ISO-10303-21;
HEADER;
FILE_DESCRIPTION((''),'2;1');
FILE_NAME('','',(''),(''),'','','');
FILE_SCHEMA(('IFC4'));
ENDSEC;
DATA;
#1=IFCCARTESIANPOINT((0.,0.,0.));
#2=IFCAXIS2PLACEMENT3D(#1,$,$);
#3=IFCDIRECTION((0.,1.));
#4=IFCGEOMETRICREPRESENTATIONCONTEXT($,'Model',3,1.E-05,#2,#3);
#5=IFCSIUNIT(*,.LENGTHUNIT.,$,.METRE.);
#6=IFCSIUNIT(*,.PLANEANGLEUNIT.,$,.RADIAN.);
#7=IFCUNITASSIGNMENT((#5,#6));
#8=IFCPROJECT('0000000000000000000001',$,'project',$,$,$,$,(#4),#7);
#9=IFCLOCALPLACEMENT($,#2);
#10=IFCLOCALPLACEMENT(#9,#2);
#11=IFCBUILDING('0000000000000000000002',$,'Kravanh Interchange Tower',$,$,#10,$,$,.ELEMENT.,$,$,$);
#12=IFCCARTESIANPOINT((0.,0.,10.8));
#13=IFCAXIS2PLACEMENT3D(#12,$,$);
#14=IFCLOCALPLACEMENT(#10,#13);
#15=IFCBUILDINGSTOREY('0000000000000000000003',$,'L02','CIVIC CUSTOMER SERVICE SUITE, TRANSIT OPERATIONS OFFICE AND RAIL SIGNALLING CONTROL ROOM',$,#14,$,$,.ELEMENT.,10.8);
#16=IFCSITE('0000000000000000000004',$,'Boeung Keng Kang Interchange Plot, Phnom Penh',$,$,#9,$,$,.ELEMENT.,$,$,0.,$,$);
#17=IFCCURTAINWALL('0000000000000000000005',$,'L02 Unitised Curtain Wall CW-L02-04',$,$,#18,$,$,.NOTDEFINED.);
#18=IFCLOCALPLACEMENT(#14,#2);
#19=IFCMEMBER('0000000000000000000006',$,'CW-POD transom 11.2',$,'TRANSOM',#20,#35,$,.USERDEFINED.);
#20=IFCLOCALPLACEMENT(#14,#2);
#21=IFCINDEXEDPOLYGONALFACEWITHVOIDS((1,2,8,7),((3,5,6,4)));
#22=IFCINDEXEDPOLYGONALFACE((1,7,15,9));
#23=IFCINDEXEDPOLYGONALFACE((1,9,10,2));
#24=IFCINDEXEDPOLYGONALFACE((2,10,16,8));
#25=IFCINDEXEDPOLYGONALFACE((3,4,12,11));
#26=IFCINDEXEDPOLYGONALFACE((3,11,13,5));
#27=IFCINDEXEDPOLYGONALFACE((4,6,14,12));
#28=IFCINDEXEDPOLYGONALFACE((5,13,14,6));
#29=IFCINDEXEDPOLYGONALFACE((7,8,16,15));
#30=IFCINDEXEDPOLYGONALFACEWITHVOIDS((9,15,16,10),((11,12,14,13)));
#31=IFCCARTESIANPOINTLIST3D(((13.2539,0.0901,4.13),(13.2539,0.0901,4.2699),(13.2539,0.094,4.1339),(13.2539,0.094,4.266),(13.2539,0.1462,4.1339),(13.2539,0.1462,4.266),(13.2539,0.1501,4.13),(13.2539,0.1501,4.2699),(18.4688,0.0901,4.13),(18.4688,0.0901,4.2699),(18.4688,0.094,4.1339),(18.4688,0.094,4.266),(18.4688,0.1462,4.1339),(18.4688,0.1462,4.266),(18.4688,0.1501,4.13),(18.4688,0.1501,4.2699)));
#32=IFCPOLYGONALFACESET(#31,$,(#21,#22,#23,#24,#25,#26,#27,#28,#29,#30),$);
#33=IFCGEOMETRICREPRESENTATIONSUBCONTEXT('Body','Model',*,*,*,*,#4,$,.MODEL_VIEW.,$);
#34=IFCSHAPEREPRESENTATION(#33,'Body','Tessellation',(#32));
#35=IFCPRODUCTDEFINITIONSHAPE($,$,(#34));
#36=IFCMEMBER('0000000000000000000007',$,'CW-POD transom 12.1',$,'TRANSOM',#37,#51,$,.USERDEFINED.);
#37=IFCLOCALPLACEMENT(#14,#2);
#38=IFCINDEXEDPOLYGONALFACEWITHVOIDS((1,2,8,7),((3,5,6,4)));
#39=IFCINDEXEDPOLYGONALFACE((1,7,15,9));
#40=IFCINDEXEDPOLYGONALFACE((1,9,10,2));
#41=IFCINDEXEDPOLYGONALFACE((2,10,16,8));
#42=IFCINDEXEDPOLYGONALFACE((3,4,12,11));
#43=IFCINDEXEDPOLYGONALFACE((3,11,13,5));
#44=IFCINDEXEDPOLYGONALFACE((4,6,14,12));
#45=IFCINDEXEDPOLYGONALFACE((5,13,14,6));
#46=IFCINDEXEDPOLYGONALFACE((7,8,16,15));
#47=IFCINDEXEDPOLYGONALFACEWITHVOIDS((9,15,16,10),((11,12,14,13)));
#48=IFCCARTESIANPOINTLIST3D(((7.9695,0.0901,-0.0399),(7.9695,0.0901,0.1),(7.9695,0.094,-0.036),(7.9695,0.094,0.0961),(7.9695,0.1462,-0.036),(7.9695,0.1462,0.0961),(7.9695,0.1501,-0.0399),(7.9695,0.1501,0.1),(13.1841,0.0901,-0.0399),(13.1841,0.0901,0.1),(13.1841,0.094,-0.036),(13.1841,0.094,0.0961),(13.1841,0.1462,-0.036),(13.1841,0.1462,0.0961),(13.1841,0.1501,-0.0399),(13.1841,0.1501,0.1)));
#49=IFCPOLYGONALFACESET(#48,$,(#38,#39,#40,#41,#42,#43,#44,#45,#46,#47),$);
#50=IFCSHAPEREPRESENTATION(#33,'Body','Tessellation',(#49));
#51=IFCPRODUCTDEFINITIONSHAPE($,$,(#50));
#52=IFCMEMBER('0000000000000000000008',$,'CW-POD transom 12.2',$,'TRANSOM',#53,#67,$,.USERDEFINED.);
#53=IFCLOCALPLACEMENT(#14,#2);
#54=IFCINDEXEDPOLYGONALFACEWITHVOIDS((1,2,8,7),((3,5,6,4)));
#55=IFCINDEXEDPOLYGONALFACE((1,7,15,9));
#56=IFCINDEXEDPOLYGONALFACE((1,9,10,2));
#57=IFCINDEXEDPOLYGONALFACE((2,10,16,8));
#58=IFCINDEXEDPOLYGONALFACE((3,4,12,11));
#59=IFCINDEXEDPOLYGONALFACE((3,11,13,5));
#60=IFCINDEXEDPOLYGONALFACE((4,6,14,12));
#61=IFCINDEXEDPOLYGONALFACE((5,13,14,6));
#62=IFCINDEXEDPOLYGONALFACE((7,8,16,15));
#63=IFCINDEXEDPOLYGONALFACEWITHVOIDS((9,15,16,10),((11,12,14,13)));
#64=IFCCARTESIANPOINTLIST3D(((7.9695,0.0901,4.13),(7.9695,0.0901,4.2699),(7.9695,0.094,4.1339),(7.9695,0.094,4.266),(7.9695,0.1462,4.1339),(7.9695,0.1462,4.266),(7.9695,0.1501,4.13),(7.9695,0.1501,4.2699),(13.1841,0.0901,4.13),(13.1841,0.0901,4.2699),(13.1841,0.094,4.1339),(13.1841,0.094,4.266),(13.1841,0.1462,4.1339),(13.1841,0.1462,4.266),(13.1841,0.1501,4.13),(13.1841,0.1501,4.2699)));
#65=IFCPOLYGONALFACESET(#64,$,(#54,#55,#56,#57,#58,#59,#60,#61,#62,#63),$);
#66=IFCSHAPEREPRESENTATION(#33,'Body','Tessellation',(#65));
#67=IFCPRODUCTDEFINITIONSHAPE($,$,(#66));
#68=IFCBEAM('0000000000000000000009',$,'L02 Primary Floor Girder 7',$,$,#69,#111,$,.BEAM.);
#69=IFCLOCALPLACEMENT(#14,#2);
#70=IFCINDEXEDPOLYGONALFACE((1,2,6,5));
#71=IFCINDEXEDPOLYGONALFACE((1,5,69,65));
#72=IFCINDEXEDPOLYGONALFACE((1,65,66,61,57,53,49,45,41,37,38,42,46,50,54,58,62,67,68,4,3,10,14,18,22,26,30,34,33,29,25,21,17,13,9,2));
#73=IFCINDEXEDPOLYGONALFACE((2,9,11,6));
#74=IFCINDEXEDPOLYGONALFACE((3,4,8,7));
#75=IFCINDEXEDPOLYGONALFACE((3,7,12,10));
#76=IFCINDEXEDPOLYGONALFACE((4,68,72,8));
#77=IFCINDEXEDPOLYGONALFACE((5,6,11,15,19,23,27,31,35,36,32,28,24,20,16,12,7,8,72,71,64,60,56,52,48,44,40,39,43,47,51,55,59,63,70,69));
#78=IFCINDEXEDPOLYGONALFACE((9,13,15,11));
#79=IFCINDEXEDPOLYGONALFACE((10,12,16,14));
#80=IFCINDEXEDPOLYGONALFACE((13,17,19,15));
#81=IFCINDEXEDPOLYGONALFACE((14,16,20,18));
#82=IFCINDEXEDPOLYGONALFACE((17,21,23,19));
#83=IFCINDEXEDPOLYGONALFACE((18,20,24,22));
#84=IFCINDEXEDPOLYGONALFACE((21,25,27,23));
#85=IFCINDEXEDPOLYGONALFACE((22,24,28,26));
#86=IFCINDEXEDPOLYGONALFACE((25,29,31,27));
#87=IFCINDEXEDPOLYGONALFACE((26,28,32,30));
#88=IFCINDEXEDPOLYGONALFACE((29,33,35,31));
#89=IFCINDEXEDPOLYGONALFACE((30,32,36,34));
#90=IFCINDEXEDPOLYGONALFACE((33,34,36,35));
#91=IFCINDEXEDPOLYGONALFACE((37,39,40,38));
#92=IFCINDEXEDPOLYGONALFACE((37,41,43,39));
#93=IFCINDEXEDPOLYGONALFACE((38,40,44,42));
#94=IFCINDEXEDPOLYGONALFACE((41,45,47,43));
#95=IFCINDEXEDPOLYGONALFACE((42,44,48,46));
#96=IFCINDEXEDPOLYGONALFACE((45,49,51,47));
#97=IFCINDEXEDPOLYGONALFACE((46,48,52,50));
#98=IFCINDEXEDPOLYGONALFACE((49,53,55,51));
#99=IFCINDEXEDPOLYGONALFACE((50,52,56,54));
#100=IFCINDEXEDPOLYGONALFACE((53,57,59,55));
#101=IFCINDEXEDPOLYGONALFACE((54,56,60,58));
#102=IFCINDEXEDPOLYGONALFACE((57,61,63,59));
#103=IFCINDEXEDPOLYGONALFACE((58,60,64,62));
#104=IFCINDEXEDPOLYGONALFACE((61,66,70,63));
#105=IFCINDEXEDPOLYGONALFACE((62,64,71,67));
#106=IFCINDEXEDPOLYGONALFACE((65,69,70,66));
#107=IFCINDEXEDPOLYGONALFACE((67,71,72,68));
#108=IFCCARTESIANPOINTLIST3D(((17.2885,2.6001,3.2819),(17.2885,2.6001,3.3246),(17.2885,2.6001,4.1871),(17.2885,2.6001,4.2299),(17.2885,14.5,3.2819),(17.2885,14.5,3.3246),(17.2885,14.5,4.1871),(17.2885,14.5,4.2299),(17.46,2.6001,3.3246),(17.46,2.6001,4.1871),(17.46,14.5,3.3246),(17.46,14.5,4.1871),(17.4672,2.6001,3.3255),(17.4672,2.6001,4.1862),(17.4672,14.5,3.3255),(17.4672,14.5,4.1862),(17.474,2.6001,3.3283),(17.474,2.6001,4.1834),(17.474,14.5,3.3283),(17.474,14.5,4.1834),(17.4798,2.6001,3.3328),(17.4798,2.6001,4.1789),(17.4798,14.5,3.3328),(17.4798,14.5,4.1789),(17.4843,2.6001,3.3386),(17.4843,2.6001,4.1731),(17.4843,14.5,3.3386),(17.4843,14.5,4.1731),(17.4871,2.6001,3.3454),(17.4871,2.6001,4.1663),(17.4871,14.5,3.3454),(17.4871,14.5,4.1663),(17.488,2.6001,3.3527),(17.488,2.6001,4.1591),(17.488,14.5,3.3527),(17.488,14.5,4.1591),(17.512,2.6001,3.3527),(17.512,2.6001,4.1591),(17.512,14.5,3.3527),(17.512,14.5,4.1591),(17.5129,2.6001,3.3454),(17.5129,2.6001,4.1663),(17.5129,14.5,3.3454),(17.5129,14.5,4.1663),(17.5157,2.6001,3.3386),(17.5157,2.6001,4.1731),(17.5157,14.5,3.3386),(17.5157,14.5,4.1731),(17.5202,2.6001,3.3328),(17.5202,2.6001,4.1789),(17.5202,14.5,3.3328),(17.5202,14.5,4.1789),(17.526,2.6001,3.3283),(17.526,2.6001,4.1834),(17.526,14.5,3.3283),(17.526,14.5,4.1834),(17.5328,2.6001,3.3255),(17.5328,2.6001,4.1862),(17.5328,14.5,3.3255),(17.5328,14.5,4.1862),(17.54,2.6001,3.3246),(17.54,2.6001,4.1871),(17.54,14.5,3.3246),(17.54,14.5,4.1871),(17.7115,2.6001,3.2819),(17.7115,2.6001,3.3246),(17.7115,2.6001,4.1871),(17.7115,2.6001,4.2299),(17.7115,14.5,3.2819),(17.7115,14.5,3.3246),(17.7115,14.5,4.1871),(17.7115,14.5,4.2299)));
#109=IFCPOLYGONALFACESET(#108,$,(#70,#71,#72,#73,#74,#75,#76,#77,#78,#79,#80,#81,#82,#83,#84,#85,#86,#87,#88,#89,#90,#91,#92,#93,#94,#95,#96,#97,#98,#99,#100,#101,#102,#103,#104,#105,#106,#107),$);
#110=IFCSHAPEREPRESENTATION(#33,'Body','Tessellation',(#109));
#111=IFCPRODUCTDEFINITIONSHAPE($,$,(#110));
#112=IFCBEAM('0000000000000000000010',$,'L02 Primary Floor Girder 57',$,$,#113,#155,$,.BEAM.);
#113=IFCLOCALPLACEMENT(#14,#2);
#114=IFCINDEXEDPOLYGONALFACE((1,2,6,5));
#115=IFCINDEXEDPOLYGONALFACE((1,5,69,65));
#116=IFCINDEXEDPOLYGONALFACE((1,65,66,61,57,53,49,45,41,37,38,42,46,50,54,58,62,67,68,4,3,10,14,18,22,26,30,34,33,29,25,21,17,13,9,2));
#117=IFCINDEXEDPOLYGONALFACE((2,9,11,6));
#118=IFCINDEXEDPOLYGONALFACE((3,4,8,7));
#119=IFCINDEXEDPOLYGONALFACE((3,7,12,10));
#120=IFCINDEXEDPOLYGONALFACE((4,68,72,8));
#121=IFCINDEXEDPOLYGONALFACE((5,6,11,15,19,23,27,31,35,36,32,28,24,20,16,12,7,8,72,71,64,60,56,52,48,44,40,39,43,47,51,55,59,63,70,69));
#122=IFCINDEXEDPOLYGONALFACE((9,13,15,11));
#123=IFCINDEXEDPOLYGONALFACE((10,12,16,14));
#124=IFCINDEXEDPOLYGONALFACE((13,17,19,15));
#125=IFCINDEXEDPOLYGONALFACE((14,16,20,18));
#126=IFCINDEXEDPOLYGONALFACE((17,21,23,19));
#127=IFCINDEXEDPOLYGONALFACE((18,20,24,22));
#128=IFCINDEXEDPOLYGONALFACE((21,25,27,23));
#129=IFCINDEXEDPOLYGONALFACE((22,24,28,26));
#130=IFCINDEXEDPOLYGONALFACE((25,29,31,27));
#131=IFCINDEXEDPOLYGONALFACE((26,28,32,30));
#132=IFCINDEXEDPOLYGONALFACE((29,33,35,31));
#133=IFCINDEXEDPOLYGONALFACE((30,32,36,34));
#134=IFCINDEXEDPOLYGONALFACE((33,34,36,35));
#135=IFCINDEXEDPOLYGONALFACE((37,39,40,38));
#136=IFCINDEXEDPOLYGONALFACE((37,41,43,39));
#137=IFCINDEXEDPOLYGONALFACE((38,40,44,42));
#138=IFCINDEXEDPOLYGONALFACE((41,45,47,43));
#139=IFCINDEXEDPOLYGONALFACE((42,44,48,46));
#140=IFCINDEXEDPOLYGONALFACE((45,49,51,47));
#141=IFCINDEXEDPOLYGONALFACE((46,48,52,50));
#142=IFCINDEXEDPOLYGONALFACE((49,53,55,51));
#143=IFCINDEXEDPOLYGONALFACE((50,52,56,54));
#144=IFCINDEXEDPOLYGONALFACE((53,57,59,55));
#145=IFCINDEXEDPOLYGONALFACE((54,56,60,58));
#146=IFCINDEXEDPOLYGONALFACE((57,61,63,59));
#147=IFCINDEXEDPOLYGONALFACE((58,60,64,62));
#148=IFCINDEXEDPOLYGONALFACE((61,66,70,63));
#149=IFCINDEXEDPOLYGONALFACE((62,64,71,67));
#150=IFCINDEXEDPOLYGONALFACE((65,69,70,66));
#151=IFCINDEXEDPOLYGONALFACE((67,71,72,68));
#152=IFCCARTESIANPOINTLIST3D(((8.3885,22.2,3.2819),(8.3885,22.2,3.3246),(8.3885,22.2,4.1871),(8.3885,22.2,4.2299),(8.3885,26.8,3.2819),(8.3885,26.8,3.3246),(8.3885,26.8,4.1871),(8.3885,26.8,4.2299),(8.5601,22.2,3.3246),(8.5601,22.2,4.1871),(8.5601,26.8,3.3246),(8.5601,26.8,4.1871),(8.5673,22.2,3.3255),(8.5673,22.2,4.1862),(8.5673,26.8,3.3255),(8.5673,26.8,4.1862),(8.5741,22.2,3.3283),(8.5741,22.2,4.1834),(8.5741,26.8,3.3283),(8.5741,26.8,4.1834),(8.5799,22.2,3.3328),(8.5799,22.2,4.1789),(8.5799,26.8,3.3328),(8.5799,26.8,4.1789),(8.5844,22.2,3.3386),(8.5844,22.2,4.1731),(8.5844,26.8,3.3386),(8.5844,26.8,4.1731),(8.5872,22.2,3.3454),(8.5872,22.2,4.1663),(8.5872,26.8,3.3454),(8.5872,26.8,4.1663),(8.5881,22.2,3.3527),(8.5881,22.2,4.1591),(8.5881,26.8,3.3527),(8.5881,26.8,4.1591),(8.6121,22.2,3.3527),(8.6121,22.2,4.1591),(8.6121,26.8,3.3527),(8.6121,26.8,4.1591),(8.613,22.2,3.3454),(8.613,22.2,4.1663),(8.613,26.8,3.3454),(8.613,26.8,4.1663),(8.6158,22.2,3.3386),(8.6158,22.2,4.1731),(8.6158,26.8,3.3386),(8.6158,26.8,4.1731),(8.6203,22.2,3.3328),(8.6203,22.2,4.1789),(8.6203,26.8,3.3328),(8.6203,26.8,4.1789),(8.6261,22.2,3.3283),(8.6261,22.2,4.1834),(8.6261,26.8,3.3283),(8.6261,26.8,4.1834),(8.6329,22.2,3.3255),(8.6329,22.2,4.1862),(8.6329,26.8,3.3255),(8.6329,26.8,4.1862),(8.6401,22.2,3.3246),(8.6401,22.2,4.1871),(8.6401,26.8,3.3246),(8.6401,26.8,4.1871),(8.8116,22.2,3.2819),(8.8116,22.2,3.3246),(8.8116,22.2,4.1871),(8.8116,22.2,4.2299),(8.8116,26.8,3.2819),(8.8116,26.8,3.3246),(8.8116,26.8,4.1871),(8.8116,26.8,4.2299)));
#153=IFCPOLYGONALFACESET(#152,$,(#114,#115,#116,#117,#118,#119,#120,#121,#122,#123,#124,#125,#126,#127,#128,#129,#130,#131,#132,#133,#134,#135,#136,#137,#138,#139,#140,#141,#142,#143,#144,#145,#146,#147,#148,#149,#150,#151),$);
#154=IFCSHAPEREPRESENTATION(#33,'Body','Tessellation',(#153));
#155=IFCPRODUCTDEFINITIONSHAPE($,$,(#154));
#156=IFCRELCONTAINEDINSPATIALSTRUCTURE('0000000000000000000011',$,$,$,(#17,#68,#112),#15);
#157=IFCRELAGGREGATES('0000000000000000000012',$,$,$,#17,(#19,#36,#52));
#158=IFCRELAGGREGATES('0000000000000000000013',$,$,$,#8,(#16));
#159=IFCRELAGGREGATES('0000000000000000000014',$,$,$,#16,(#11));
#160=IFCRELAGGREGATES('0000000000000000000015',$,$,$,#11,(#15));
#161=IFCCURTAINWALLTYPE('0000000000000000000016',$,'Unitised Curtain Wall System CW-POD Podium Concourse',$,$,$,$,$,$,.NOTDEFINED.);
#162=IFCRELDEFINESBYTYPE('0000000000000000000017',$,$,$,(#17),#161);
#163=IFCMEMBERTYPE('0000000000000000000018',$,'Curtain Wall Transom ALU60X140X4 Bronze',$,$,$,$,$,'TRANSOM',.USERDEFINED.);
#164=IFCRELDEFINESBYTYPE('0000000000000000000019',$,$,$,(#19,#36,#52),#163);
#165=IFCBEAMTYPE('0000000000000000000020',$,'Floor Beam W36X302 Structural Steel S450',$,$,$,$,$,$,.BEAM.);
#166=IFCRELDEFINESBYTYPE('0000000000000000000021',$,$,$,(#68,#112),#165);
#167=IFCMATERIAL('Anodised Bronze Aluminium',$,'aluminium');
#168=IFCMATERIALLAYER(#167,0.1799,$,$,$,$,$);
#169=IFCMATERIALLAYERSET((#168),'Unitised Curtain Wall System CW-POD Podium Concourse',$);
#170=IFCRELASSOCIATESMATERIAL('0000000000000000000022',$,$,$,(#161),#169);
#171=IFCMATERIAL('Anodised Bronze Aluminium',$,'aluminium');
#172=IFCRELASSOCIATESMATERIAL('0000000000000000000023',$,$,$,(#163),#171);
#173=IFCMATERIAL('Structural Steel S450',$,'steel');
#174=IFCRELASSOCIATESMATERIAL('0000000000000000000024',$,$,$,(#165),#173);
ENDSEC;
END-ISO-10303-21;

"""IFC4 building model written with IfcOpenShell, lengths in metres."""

from ifc_helpers import new_model, si_unit, direction, frame, origin, origin_2d, place, context, subcontext, project, spatial, hollow_rectangle, i_section, extrude, material, layer, layer_set, material_profile, profile_set, type_object, element, aggregate, save


model = new_model("IFC4")

# Units and contexts
model_context = context("Model", 3, precision=1e-05, world=origin(), true_north=direction((0.0, 1.0)))
body_context = subcontext(model_context, "Body", "Model", "MODEL_VIEW")
ifc_project = project(units=[si_unit("LENGTHUNIT", "METRE"), si_unit("PLANEANGLEUNIT", "RADIAN")], contexts=[model_context])

# Site, building, storey
site_placement = place(None, origin())
site = spatial("IfcSite", under=ifc_project, at=site_placement, Name="Boeung Keng Kang Interchange Plot, Phnom Penh", CompositionType="ELEMENT", RefElevation=0.0)
building_placement = place(site_placement, origin())
building = spatial("IfcBuilding", under=site, at=building_placement, Name="Kravanh Interchange Tower", CompositionType="ELEMENT")
storey_placement = place(building_placement, frame((0.0, 0.0, 10.8)))
storey = spatial("IfcBuildingStorey", under=building, at=storey_placement, Name="L02", Description="CIVIC CUSTOMER SERVICE SUITE, TRANSIT OPERATIONS OFFICE AND RAIL SIGNALLING CONTROL ROOM", CompositionType="ELEMENT", Elevation=10.8)

# Curtain wall, members
ifc_material_1 = material(Name="Anodised Bronze Aluminium", Category="aluminium")
ifc_layer_1 = layer(ifc_material_1, 0.1799)
ifc_layer_set_1 = layer_set([ifc_layer_1], Name="Unitised Curtain Wall System CW-POD Podium Concourse")
curtain_wall_type = type_object("IfcCurtainWallType", Name="Unitised Curtain Wall System CW-POD Podium Concourse", PredefinedType="NOTDEFINED", material=ifc_layer_set_1)
curtain_wall_placement = place(storey_placement, origin())
curtain_wall = element("IfcCurtainWall", 1, at=curtain_wall_placement, inside=storey, type_object=curtain_wall_type, Name="L02 Unitised Curtain Wall CW-L02-04", PredefinedType="NOTDEFINED")
ifc_material_2 = material(Name="Anodised Bronze Aluminium", Category="aluminium")
ifc_material_profile_1 = material_profile(ifc_material_2, hollow_rectangle(XDim=0.0601, YDim=0.1399, WallThickness=0.0039, at=origin_2d()), Name="ALU60X140X4")
ifc_profile_set_1 = profile_set([ifc_material_profile_1], Name="Anodised Bronze Aluminium")
member_type_1 = type_object("IfcMemberType", Name="Curtain Wall Transom ALU60X140X4 Bronze", ElementType="TRANSOM", PredefinedType="USERDEFINED", material=ifc_profile_set_1)
member_1_placement = place(storey_placement, frame((18.4688, 0.1201, 4.2), z_axis=(-1.0, 0.0, 0.0), x_axis=(0.0, -1.0, 0.0)))
member_1 = element("IfcMember", 2, at=member_1_placement, type_object=member_type_1, Name="CW-POD transom 11.2", ObjectType="TRANSOM", PredefinedType="USERDEFINED", context=body_context, shape_type="SweptSolid", body=[
    extrude(hollow_rectangle(XDim=0.0601, YDim=0.1399, WallThickness=0.0039, at=origin_2d()), origin(), (0.0, 0.0, 1.0), 5.2148),
])
member_2_placement = place(storey_placement, frame((13.1841, 0.1201, 0.03), z_axis=(-1.0, 0.0, 0.0), x_axis=(0.0, -1.0, 0.0)))
member_2 = element("IfcMember", 3, at=member_2_placement, type_object=member_type_1, Name="CW-POD transom 12.1", ObjectType="TRANSOM", PredefinedType="USERDEFINED", context=body_context, shape_type="SweptSolid", body=[
    extrude(hollow_rectangle(XDim=0.0601, YDim=0.1399, WallThickness=0.0039, at=origin_2d()), origin(), (0.0, 0.0, 1.0), 5.2146),
])
member_3_placement = place(storey_placement, frame((13.1841, 0.1201, 4.2), z_axis=(-1.0, 0.0, 0.0), x_axis=(0.0, -1.0, 0.0)))
member_3 = element("IfcMember", 4, at=member_3_placement, type_object=member_type_1, Name="CW-POD transom 12.2", ObjectType="TRANSOM", PredefinedType="USERDEFINED", context=body_context, shape_type="SweptSolid", body=[
    extrude(hollow_rectangle(XDim=0.0601, YDim=0.1399, WallThickness=0.0039, at=origin_2d()), origin(), (0.0, 0.0, 1.0), 5.2146),
])

# Beams
ifc_material_3 = material(Name="Structural Steel S450", Category="steel")
ifc_material_profile_2 = material_profile(ifc_material_3, i_section(OverallWidth=0.4231, OverallDepth=0.948, WebThickness=0.0239, FlangeThickness=0.0427, FilletRadius=0.0281, at=origin_2d()), Name="W36X302")
ifc_profile_set_2 = profile_set([ifc_material_profile_2], Name="Structural Steel S450")
beam_type_1 = type_object("IfcBeamType", Name="Floor Beam W36X302 Structural Steel S450", PredefinedType="BEAM", material=ifc_profile_set_2)
beam_1_placement = place(storey_placement, frame((17.5, 2.6001, 3.7559), z_axis=(0.0, 1.0, 0.0), x_axis=(-1.0, 0.0, 0.0)))
element("IfcBeam", 5, at=beam_1_placement, inside=storey, type_object=beam_type_1, Name="L02 Primary Floor Girder 7", PredefinedType="BEAM", context=body_context, shape_type="SweptSolid", body=[
    extrude(i_section(OverallWidth=0.4231, OverallDepth=0.948, WebThickness=0.0239, FlangeThickness=0.0427, FilletRadius=0.0281, at=origin_2d()), origin(), (0.0, 0.0, 1.0), 11.8999),
])
beam_2_placement = place(storey_placement, frame((8.6001, 22.2, 3.7559), z_axis=(0.0, 1.0, 0.0), x_axis=(-1.0, 0.0, 0.0)))
element("IfcBeam", 6, at=beam_2_placement, inside=storey, type_object=beam_type_1, Name="L02 Primary Floor Girder 57", PredefinedType="BEAM", context=body_context, shape_type="SweptSolid", body=[
    extrude(i_section(OverallWidth=0.4231, OverallDepth=0.948, WebThickness=0.0239, FlangeThickness=0.0427, FilletRadius=0.0281, at=origin_2d()), origin(), (0.0, 0.0, 1.0), 4.6001),
])

aggregate(curtain_wall, [member_1, member_2, member_3])

save(model, "model.ifc")
